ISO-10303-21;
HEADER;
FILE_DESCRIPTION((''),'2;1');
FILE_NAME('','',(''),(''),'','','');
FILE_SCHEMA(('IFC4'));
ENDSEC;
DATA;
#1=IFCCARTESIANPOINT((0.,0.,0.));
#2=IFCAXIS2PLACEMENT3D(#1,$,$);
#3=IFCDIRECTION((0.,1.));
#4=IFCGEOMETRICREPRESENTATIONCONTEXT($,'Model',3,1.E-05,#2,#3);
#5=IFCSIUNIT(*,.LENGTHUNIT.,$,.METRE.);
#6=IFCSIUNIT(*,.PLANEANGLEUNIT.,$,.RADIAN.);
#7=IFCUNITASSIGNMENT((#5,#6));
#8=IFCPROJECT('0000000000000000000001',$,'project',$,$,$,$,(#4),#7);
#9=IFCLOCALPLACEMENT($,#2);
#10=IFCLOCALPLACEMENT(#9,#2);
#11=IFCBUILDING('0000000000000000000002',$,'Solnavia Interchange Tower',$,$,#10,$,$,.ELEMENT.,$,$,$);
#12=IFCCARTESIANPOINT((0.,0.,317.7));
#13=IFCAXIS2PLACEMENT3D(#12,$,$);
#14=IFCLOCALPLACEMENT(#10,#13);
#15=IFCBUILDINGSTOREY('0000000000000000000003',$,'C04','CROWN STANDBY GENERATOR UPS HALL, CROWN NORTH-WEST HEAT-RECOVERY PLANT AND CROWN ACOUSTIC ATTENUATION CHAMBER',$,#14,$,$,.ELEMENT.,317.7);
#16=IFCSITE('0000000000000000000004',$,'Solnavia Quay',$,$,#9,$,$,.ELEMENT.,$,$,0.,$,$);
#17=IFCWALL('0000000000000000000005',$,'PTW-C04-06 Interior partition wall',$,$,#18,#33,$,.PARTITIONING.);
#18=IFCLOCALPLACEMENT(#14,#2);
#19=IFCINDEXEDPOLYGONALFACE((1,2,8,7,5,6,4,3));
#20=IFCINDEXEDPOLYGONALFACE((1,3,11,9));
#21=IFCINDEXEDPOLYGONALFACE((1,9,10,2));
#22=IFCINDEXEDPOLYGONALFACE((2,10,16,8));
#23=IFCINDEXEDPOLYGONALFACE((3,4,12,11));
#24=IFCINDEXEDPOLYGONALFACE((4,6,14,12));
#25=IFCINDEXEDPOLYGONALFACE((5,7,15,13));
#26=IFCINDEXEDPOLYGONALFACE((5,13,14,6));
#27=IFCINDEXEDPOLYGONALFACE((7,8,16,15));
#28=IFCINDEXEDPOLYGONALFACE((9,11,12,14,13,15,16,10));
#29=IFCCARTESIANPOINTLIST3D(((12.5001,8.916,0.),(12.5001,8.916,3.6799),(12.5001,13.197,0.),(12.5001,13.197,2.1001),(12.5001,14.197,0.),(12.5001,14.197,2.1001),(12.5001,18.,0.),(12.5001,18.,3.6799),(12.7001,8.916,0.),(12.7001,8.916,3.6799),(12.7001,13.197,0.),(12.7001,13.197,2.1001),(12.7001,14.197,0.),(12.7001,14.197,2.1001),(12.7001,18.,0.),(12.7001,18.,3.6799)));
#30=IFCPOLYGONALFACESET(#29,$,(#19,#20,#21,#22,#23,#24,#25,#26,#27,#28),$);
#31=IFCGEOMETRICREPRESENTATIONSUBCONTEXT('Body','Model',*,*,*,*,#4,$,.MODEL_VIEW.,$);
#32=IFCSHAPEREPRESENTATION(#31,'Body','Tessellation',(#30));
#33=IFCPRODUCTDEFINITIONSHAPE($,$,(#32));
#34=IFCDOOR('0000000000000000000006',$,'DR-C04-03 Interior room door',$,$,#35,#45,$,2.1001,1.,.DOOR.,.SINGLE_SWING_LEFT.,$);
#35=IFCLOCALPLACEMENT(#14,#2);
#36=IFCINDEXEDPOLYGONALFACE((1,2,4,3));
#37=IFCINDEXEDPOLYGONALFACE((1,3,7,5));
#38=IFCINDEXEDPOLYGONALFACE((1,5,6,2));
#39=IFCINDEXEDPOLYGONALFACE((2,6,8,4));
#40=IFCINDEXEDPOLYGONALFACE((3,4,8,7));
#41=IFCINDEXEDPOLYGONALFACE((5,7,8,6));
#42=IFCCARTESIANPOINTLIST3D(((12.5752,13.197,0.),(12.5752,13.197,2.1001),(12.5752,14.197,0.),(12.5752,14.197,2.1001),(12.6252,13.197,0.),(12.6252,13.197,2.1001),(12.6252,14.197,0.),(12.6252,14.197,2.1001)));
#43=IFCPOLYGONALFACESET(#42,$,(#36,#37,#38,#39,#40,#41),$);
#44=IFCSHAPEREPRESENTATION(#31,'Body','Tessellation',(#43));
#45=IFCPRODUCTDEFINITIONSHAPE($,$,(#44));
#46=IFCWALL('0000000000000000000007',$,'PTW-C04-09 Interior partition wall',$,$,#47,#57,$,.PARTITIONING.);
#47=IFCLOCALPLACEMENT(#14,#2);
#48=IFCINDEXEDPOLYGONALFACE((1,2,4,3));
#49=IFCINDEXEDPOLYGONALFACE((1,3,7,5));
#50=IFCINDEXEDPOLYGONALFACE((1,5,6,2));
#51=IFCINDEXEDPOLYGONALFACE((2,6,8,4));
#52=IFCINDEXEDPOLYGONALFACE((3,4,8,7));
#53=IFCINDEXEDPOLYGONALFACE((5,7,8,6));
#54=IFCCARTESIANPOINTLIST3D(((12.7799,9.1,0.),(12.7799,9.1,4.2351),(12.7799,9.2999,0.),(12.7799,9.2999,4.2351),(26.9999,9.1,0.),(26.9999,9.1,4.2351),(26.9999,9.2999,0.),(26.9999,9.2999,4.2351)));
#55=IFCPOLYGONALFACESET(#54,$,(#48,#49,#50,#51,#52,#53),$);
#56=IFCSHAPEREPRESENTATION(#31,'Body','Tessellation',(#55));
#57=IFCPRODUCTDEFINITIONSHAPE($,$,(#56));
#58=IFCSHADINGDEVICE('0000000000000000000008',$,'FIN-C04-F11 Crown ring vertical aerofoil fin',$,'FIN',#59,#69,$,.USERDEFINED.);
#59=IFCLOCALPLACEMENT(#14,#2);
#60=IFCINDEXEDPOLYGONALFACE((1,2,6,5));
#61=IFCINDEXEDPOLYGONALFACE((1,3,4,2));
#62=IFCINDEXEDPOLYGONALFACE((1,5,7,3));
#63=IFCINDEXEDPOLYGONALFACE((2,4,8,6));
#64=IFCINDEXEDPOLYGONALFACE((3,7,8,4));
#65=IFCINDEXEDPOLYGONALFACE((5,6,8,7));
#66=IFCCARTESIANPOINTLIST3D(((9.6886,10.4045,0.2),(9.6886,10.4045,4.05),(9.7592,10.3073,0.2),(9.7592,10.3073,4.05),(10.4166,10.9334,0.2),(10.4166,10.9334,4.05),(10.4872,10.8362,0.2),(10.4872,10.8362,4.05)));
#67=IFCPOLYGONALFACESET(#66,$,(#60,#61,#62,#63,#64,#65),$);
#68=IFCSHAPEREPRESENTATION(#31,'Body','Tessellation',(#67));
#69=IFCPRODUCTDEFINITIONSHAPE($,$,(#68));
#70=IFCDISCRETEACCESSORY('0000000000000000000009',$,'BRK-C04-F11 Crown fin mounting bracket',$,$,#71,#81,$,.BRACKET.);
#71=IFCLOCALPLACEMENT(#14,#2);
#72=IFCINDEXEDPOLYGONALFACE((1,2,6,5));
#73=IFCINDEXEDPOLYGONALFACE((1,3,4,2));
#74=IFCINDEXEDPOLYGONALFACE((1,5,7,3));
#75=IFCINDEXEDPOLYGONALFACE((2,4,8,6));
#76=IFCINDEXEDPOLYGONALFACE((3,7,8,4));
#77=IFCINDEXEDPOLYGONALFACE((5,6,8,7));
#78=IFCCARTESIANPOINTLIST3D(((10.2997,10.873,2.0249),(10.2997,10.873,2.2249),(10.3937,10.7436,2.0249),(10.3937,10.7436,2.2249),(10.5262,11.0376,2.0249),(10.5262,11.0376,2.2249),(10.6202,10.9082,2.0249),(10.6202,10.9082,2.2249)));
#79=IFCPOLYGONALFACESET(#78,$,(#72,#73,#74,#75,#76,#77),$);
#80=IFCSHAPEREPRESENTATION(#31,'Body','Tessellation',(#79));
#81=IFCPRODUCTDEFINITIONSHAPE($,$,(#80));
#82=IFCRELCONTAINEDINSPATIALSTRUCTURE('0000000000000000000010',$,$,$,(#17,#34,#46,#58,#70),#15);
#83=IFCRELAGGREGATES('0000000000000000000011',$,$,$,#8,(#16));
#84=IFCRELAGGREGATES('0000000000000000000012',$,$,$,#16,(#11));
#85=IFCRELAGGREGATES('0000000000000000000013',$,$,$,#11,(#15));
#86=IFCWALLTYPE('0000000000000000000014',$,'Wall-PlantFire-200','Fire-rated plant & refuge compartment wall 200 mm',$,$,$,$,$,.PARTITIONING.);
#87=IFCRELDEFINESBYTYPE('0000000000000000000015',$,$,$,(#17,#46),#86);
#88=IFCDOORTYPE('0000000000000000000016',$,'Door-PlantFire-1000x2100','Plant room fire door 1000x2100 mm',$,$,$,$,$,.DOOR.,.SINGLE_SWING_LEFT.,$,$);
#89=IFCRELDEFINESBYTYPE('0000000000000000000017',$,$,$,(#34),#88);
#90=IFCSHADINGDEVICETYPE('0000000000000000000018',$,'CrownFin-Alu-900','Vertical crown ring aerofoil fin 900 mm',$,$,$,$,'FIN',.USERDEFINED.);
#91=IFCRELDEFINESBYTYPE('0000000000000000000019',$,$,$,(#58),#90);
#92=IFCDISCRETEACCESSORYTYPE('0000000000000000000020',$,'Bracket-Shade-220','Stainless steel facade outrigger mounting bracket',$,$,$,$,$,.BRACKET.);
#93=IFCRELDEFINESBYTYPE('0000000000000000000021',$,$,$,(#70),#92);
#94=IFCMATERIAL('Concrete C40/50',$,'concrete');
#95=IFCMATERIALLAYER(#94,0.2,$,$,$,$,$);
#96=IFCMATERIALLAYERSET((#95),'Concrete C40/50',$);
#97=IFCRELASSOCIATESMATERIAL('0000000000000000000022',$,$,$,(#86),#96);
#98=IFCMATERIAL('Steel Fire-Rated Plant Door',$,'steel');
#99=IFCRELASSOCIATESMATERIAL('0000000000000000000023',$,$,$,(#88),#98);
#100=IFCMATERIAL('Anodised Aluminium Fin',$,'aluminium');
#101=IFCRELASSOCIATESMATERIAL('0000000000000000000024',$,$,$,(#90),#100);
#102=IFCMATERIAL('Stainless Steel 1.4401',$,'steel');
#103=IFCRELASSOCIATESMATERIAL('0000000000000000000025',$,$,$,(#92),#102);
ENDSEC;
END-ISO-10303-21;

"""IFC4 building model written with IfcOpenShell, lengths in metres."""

from ifc_helpers import new_model, si_unit, direction, frame, frame_2d, origin, origin_2d, place, context, subcontext, project, spatial, rectangle, extrude, material, layer, layer_set, type_object, element, fill, save


model = new_model("IFC4")

# Units and contexts
model_context = context("Model", 3, precision=1e-05, world=origin(), true_north=direction((0.0, 1.0)))
body_context = subcontext(model_context, "Body", "Model", "MODEL_VIEW")
ifc_project = project(units=[si_unit("LENGTHUNIT", "METRE"), si_unit("PLANEANGLEUNIT", "RADIAN")], contexts=[model_context])

# Site, building, storey
site_placement = place(None, origin())
site = spatial("IfcSite", under=ifc_project, at=site_placement, Name="Solnavia Quay", CompositionType="ELEMENT", RefElevation=0.0)
building_placement = place(site_placement, origin())
building = spatial("IfcBuilding", under=site, at=building_placement, Name="Solnavia Interchange Tower", CompositionType="ELEMENT")
storey_placement = place(building_placement, frame((0.0, 0.0, 317.7)))
storey = spatial("IfcBuildingStorey", under=building, at=storey_placement, Name="C04", Description="CROWN STANDBY GENERATOR UPS HALL, CROWN NORTH-WEST HEAT-RECOVERY PLANT AND CROWN ACOUSTIC ATTENUATION CHAMBER", CompositionType="ELEMENT", Elevation=317.7)

# Shared definitions
ifc_material_1 = material(Name="Concrete C40/50", Category="concrete")

# Wall, opening, door
ifc_layer_1 = layer(ifc_material_1, 0.2)
ifc_layer_set_1 = layer_set([ifc_layer_1], Name="Concrete C40/50")
wall_type = type_object("IfcWallType", Name="Wall-PlantFire-200", Description="Fire-rated plant & refuge compartment wall 200 mm", PredefinedType="PARTITIONING", material=ifc_layer_set_1)
wall_1_placement = place(storey_placement, frame((12.6001, 8.916, 0.0), z_axis=(0.0, 0.0, 1.0), x_axis=(0.0, 1.0, 0.0)))
wall_1 = element("IfcWall", 1, at=wall_1_placement, inside=storey, type_object=wall_type, Name="PTW-C04-06 Interior partition wall", PredefinedType="PARTITIONING", context=body_context, shape_type="SweptSolid", body=[
    extrude(rectangle(XDim=9.084, YDim=0.2, at=frame_2d((4.542, 0.0))), origin(), (0.0, 0.0, 1.0), 3.6799),
])
opening_placement = place(wall_1_placement, frame((4.281, 0.0, 0.0)))
opening = element("IfcOpeningElement", 2, at=opening_placement, cuts=wall_1, PredefinedType="OPENING", context=body_context, shape_type="SweptSolid", body=[
    extrude(rectangle(XDim=1.0, YDim=2.1001, at=frame_2d((0.5, 1.05))), frame((0.0, 0.1099, 0.0), z_axis=(0.0, -1.0, 0.0), x_axis=(1.0, 0.0, 0.0)), (0.0, 0.0, 1.0), 0.22),
])
ifc_material_2 = material(Name="Steel Fire-Rated Plant Door", Category="steel")
door_type = type_object("IfcDoorType", Name="Door-PlantFire-1000x2100", Description="Plant room fire door 1000x2100 mm", OperationType="SINGLE_SWING_LEFT", PredefinedType="DOOR", material=ifc_material_2)
door_placement = place(opening_placement, origin())
door = element("IfcDoor", 3, at=door_placement, inside=storey, type_object=door_type, Name="DR-C04-03 Interior room door", OperationType="SINGLE_SWING_LEFT", OverallHeight=2.1001, OverallWidth=1.0, PredefinedType="DOOR", context=body_context, shape_type="SweptSolid", body=[
    extrude(rectangle(XDim=1.0, YDim=2.1001, at=frame_2d((0.5, 1.05))), frame((0.0, 0.0249, 0.0), z_axis=(0.0, -1.0, 0.0), x_axis=(1.0, 0.0, 0.0)), (0.0, 0.0, 1.0), 0.05),
])
fill(opening, door)

# Wall
wall_2_placement = place(storey_placement, frame((12.78, 9.2, 0.0), z_axis=(0.0, 0.0, 1.0), x_axis=(1.0, 0.0, 0.0)))
element("IfcWall", 4, at=wall_2_placement, inside=storey, type_object=wall_type, Name="PTW-C04-09 Interior partition wall", PredefinedType="PARTITIONING", context=body_context, shape_type="SweptSolid", body=[
    extrude(rectangle(XDim=14.22, YDim=0.2, at=frame_2d((7.1099, 0.0))), origin(), (0.0, 0.0, 1.0), 4.2351),
])

# Shading device
ifc_material_3 = material(Name="Anodised Aluminium Fin", Category="aluminium")
shading_device_type = type_object("IfcShadingDeviceType", Name="CrownFin-Alu-900", Description="Vertical crown ring aerofoil fin 900 mm", ElementType="FIN", PredefinedType="USERDEFINED", material=ifc_material_3)
shading_device_placement = place(storey_placement, frame((10.0879, 10.6204, 0.2), z_axis=(0.0, 0.0, 1.0), x_axis=(-0.809017, -0.587785, 0.0)))
element("IfcShadingDevice", 5, at=shading_device_placement, inside=storey, type_object=shading_device_type, Name="FIN-C04-F11 Crown ring vertical aerofoil fin", ObjectType="FIN", PredefinedType="USERDEFINED", context=body_context, shape_type="SweptSolid", body=[
    extrude(rectangle(XDim=0.8999, YDim=0.1201, at=origin_2d()), origin(), (0.0, 0.0, 1.0), 3.8501),
])

# Discrete accessory
ifc_material_4 = material(Name="Stainless Steel 1.4401", Category="steel")
discrete_accessory_type = type_object("IfcDiscreteAccessoryType", Name="Bracket-Shade-220", Description="Stainless steel facade outrigger mounting bracket", PredefinedType="BRACKET", material=ifc_material_4)
discrete_accessory_placement = place(storey_placement, frame((10.46, 10.8906, 2.0249), z_axis=(0.0, 0.0, 1.0), x_axis=(-0.809017, -0.587785, 0.0)))
element("IfcDiscreteAccessory", 6, at=discrete_accessory_placement, inside=storey, type_object=discrete_accessory_type, Name="BRK-C04-F11 Crown fin mounting bracket", PredefinedType="BRACKET", context=body_context, shape_type="SweptSolid", body=[
    extrude(rectangle(XDim=0.28, YDim=0.1599, at=origin_2d()), origin(), (0.0, 0.0, 1.0), 0.2),
])

save(model, "model.ifc")
